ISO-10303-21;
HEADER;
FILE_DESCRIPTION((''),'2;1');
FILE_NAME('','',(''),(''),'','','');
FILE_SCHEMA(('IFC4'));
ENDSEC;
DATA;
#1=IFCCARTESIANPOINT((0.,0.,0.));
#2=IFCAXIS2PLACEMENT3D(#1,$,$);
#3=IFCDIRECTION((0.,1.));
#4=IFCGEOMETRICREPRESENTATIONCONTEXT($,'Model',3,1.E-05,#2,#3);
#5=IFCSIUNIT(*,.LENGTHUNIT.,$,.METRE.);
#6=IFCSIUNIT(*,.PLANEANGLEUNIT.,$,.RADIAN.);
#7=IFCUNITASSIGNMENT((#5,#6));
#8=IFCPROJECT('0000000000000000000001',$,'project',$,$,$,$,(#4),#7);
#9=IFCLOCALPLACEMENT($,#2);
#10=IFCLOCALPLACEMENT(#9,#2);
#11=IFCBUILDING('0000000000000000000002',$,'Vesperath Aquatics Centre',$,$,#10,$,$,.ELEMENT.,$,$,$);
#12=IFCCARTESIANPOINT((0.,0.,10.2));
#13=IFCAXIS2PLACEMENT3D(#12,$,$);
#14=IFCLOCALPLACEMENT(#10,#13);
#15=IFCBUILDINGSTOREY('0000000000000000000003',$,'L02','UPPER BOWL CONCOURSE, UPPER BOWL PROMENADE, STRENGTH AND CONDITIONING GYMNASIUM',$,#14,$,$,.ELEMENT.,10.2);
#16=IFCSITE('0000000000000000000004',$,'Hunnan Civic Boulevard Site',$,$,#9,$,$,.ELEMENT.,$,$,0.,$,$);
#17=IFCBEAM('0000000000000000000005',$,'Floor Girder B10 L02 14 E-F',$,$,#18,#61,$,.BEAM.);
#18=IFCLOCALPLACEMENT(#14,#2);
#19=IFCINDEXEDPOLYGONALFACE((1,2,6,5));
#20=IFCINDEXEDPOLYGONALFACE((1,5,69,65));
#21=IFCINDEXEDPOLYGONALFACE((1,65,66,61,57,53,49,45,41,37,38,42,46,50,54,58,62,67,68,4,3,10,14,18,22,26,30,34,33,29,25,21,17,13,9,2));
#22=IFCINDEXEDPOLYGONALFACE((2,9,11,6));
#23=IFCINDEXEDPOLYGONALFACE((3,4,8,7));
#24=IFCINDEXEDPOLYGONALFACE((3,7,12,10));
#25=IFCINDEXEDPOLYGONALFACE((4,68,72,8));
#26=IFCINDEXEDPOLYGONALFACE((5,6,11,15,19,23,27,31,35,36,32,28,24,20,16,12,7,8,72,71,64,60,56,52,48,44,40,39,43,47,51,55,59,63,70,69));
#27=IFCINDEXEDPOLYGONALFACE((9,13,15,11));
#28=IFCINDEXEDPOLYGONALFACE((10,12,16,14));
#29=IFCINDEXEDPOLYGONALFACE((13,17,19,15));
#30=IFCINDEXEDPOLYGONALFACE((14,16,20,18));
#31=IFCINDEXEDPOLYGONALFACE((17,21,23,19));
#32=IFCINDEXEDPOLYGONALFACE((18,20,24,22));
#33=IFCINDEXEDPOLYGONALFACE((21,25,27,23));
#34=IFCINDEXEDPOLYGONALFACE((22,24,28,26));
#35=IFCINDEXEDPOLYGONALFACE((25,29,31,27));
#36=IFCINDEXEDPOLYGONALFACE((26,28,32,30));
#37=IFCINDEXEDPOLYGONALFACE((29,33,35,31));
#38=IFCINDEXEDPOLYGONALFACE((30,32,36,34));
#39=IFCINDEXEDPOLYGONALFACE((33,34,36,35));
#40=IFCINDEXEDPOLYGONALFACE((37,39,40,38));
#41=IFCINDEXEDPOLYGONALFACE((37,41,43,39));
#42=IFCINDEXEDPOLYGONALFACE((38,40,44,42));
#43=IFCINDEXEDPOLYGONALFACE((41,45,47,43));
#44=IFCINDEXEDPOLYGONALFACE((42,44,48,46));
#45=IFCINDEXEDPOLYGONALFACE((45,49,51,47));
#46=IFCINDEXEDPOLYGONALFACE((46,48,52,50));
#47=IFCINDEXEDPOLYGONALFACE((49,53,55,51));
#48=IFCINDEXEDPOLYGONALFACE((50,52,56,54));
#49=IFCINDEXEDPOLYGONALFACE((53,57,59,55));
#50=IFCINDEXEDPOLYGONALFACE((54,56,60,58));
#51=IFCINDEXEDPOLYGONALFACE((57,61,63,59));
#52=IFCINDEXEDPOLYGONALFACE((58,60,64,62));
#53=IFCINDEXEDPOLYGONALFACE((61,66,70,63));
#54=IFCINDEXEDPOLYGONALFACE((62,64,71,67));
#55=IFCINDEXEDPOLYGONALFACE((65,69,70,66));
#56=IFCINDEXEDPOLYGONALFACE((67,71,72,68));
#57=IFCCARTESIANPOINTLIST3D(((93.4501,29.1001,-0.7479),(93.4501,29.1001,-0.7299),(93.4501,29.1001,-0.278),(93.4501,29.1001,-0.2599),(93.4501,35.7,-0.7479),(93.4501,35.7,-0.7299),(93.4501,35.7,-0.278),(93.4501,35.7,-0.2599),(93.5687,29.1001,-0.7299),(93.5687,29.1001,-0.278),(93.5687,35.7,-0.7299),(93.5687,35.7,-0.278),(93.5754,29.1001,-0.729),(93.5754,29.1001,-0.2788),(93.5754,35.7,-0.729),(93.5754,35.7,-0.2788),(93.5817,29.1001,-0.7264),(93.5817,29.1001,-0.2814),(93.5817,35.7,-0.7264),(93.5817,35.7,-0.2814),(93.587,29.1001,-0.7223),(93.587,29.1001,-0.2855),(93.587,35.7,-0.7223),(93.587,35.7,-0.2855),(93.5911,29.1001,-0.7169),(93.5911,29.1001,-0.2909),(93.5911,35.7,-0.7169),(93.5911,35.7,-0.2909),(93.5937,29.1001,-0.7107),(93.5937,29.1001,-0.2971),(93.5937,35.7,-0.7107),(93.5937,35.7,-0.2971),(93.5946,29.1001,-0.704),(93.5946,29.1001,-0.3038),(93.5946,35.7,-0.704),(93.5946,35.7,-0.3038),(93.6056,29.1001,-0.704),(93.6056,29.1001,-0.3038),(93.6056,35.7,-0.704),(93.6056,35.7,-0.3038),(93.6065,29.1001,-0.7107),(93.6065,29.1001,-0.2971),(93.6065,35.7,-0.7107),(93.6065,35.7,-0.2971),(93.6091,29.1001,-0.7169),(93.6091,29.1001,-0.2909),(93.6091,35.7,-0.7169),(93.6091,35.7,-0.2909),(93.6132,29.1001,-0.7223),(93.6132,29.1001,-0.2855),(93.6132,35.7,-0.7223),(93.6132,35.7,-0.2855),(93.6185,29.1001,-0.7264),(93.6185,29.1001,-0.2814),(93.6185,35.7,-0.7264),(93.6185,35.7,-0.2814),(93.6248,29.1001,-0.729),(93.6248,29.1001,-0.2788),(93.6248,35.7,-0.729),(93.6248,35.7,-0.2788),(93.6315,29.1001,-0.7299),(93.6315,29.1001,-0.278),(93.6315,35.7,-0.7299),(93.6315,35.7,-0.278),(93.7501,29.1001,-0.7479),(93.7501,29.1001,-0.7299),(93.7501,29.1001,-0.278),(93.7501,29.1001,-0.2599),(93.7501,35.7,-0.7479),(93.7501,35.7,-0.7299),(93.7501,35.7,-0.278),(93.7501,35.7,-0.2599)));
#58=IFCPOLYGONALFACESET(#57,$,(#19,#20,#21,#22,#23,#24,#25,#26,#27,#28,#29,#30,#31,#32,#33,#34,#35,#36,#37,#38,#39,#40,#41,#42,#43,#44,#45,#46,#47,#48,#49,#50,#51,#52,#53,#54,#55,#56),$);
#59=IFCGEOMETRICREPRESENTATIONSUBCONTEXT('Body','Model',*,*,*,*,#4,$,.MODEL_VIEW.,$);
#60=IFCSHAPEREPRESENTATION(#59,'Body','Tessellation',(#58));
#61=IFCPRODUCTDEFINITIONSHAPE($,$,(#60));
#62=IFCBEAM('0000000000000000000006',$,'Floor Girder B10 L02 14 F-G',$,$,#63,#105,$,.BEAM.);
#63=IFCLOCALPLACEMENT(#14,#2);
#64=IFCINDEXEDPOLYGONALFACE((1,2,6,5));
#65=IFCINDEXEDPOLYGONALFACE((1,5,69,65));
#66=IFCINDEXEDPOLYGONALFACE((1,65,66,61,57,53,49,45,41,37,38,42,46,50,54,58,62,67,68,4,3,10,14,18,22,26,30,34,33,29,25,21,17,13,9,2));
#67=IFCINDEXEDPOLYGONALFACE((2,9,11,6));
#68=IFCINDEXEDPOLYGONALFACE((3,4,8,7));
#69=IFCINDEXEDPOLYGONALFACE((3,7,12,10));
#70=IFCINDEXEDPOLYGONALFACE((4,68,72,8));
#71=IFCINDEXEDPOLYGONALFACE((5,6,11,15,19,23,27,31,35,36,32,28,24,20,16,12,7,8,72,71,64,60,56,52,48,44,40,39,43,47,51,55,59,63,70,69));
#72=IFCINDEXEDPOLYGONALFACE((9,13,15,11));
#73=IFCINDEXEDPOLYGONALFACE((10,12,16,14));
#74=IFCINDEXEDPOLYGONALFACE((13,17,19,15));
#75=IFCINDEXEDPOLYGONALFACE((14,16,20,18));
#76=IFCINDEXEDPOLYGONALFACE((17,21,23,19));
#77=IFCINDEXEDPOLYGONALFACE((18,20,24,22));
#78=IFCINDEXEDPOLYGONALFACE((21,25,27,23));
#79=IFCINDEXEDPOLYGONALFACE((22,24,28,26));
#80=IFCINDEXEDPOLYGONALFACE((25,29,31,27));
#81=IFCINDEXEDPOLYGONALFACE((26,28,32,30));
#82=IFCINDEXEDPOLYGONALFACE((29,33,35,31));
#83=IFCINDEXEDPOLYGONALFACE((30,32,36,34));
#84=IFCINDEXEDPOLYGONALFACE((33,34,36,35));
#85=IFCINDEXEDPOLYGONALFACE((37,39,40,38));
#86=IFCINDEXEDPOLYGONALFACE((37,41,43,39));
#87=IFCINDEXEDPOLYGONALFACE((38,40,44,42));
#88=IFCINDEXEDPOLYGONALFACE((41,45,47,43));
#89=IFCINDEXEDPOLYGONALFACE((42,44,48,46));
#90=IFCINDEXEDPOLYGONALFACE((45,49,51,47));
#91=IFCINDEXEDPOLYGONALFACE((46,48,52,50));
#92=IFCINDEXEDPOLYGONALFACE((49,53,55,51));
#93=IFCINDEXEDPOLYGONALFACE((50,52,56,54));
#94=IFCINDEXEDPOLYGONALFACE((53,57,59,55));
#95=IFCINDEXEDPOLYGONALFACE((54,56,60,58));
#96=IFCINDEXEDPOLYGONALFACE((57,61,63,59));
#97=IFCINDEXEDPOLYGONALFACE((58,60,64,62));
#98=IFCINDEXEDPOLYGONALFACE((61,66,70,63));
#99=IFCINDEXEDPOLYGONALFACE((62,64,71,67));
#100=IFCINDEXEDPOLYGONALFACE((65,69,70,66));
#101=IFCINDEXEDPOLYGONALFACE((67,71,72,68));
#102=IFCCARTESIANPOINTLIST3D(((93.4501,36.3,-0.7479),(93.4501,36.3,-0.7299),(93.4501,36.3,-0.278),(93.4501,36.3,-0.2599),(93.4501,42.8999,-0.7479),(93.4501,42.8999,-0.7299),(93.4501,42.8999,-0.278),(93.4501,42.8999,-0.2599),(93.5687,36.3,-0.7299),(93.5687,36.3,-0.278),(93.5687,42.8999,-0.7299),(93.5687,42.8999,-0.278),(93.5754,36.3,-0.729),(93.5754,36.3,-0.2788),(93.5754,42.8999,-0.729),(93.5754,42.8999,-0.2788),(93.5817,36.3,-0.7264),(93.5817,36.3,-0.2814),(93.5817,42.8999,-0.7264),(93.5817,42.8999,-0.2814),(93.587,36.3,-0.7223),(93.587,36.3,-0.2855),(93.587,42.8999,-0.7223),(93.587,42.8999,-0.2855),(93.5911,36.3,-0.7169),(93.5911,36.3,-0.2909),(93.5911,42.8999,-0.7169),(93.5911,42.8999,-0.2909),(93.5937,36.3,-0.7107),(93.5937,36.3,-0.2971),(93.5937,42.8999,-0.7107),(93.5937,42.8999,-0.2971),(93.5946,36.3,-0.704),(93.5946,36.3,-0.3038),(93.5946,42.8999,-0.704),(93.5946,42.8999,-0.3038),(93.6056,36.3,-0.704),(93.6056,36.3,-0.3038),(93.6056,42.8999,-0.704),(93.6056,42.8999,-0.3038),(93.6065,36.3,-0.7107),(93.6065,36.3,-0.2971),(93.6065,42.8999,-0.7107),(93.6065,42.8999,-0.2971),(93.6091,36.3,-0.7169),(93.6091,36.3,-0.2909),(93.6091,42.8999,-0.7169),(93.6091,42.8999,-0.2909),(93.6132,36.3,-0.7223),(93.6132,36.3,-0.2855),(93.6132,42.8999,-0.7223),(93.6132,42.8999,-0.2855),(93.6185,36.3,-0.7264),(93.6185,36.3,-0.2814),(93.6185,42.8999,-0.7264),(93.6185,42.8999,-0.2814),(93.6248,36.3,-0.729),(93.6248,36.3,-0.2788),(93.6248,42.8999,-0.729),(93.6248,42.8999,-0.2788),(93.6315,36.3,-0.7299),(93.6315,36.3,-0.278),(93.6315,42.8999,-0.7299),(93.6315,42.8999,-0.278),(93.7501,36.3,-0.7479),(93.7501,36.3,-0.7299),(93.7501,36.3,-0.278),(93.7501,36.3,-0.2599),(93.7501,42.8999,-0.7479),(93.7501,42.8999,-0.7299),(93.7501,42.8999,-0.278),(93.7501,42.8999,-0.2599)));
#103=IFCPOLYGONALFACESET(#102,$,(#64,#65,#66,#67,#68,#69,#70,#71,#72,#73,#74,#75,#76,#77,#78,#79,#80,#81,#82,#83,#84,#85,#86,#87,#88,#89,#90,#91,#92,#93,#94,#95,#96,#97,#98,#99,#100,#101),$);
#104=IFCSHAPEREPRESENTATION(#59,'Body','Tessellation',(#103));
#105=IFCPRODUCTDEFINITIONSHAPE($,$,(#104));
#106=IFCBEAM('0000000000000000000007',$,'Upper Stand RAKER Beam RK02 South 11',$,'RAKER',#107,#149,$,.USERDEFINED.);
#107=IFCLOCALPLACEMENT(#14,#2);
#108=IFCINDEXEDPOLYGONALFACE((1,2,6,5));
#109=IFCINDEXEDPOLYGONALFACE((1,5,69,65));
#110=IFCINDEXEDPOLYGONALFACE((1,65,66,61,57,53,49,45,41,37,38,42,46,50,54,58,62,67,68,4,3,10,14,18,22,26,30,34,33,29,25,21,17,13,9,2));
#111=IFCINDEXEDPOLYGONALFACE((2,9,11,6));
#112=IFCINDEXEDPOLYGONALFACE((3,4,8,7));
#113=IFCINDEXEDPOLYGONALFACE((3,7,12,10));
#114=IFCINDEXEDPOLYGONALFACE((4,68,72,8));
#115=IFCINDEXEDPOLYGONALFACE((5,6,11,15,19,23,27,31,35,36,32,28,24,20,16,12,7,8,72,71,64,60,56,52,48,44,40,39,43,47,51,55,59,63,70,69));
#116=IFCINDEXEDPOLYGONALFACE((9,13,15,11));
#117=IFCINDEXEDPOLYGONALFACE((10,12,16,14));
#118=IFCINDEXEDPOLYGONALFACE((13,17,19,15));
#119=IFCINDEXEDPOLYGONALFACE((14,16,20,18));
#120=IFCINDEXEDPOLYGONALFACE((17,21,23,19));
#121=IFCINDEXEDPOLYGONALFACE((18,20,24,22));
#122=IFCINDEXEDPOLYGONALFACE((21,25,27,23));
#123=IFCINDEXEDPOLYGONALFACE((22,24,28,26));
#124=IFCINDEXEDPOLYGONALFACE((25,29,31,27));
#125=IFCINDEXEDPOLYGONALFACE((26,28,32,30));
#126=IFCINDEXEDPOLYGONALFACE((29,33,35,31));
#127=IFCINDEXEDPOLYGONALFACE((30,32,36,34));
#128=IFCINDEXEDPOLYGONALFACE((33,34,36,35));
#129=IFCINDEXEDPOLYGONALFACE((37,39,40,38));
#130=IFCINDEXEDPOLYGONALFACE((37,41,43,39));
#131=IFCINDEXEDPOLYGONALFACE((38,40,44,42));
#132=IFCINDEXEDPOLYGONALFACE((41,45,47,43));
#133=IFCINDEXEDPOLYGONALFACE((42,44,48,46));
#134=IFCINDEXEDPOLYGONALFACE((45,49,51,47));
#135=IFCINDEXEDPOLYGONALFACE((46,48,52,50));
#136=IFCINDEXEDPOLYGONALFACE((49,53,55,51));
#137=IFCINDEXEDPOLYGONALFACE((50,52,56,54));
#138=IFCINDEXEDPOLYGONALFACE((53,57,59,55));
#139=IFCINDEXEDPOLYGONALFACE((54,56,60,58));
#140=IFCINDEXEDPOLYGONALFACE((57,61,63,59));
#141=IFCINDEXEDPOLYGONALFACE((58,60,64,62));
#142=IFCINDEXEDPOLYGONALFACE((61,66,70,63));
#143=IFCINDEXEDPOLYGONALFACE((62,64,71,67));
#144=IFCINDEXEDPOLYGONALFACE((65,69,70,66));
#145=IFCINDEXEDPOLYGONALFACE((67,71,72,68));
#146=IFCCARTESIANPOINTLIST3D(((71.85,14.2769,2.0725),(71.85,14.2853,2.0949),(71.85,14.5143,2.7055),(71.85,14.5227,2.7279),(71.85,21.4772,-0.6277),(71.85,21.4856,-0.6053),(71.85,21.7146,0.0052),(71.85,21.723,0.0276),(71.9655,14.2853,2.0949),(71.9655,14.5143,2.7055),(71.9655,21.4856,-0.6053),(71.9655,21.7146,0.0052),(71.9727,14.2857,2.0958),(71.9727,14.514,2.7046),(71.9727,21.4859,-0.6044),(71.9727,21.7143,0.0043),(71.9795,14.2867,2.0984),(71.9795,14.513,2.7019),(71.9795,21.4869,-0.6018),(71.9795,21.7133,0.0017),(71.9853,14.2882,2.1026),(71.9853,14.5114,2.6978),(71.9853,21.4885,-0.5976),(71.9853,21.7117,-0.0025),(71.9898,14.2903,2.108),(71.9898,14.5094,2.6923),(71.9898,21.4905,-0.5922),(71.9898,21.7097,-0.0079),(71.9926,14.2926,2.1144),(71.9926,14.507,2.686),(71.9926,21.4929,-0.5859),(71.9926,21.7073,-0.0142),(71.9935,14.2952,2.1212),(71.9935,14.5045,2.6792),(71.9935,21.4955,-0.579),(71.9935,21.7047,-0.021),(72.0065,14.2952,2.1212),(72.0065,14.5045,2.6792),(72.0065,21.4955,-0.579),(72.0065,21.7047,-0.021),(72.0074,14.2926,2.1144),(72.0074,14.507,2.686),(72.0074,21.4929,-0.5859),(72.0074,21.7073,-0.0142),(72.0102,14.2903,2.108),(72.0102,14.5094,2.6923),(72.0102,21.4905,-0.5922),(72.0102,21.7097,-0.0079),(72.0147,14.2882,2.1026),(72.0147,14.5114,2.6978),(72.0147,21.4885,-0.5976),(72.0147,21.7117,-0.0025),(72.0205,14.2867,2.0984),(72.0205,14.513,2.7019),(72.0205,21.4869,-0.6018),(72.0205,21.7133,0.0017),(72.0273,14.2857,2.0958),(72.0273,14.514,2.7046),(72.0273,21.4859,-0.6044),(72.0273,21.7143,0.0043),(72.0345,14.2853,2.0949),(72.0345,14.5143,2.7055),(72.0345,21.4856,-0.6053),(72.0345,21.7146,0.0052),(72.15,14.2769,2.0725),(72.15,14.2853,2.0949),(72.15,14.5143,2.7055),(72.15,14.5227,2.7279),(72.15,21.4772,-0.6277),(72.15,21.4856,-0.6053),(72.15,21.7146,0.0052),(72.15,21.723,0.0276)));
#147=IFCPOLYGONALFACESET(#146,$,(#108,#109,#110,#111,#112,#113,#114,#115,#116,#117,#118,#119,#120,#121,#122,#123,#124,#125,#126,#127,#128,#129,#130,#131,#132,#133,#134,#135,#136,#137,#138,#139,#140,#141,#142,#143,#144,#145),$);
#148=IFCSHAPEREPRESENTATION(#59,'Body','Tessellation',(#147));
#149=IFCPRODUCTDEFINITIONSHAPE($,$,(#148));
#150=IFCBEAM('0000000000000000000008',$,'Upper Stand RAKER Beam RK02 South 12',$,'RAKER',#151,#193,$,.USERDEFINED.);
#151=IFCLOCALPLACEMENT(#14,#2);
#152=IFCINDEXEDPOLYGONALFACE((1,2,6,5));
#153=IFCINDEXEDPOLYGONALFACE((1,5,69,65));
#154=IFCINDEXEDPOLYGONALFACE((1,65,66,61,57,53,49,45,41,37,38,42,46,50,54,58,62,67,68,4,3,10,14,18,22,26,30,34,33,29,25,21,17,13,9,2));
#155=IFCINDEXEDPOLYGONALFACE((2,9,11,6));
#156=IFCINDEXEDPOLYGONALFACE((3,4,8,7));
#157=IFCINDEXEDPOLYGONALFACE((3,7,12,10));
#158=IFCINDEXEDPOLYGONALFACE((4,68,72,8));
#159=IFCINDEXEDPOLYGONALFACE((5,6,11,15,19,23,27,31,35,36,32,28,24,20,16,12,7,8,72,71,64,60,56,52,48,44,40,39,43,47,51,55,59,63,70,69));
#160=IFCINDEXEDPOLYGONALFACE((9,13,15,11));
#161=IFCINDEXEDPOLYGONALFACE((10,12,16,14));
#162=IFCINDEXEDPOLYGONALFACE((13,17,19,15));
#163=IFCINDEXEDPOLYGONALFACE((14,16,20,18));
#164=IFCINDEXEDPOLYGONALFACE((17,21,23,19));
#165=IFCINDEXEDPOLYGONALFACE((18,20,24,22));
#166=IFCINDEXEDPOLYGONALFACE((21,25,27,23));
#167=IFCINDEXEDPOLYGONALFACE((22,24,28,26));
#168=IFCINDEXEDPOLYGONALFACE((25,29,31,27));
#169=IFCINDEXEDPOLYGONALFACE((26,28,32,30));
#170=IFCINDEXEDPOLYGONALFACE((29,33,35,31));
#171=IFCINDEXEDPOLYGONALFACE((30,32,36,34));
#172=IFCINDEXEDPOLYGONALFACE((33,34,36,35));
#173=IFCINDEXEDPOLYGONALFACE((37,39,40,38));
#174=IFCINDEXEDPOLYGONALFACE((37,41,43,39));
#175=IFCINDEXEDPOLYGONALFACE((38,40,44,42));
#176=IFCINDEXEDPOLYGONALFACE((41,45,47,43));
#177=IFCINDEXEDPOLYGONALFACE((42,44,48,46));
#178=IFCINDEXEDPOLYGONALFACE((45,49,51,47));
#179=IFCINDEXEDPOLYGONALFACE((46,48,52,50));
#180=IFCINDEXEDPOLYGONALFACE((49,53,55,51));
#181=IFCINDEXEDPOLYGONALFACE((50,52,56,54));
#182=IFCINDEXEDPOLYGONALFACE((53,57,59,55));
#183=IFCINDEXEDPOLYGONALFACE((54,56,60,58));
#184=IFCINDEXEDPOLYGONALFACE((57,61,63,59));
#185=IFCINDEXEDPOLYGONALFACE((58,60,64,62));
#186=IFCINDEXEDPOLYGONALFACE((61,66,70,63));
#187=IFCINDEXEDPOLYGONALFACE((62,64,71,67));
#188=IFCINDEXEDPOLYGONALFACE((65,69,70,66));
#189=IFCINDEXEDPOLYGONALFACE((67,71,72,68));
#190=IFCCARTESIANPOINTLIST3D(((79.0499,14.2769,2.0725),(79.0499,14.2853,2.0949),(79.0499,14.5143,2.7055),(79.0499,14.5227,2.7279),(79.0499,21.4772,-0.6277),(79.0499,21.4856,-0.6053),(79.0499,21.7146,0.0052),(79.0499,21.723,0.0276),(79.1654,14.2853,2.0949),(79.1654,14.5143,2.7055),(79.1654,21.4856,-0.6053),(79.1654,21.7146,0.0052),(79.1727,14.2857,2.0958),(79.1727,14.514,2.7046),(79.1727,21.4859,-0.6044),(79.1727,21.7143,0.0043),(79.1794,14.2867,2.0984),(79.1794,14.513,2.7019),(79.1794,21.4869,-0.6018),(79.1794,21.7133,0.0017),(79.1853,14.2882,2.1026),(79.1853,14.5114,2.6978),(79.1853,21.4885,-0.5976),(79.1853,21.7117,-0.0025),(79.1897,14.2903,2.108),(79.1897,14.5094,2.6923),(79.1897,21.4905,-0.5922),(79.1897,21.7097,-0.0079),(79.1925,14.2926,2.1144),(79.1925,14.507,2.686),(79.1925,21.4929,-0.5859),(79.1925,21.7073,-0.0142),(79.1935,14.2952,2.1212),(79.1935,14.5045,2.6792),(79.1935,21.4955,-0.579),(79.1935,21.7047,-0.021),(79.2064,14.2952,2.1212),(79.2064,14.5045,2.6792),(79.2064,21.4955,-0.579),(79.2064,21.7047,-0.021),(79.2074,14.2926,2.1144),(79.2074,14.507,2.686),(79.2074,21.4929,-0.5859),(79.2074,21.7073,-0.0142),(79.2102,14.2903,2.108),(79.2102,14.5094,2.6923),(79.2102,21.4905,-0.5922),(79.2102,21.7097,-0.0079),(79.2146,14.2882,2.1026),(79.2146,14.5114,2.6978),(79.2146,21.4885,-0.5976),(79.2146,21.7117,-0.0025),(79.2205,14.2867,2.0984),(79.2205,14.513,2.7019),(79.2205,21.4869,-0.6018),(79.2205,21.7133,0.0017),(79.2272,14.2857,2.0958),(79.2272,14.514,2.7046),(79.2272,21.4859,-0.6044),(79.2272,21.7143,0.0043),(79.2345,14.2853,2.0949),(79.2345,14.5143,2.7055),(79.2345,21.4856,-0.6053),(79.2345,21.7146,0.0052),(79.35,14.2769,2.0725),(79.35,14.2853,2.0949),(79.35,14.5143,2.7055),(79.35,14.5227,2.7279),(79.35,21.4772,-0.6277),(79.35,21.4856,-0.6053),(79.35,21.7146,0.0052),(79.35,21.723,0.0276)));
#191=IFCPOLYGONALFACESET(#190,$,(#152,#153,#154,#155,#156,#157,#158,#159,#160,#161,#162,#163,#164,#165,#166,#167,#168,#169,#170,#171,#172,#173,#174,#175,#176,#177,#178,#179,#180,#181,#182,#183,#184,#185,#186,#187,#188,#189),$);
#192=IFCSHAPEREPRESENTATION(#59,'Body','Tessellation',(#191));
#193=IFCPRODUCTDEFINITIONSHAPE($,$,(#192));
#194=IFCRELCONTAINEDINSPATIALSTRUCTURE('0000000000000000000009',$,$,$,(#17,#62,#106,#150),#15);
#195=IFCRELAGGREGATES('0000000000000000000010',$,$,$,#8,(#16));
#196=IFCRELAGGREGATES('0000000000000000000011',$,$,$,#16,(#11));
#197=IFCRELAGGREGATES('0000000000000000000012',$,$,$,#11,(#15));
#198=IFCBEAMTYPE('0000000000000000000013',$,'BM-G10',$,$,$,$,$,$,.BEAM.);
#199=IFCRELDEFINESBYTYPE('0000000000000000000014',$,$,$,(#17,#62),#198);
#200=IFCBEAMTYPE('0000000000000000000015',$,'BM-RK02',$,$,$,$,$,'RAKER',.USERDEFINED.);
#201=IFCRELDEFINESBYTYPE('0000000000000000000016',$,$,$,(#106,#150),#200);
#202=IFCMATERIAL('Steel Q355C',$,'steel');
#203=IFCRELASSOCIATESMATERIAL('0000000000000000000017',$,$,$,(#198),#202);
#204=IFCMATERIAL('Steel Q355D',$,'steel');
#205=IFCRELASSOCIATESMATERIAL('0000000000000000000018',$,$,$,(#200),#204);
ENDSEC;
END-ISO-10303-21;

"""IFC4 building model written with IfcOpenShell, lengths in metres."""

from ifc_helpers import new_model, si_unit, direction, frame, origin, origin_2d, place, context, subcontext, project, spatial, i_section, extrude, material, material_profile, profile_set, type_object, element, save


model = new_model("IFC4")

# Units and contexts
model_context = context("Model", 3, precision=1e-05, world=origin(), true_north=direction((0.0, 1.0)))
body_context = subcontext(model_context, "Body", "Model", "MODEL_VIEW")
ifc_project = project(units=[si_unit("LENGTHUNIT", "METRE"), si_unit("PLANEANGLEUNIT", "RADIAN")], contexts=[model_context])

# Site, building, storey
site_placement = place(None, origin())
site = spatial("IfcSite", under=ifc_project, at=site_placement, Name="Hunnan Civic Boulevard Site", CompositionType="ELEMENT", RefElevation=0.0)
building_placement = place(site_placement, origin())
building = spatial("IfcBuilding", under=site, at=building_placement, Name="Vesperath Aquatics Centre", CompositionType="ELEMENT")
storey_placement = place(building_placement, frame((0.0, 0.0, 10.2)))
storey = spatial("IfcBuildingStorey", under=building, at=storey_placement, Name="L02", Description="UPPER BOWL CONCOURSE, UPPER BOWL PROMENADE, STRENGTH AND CONDITIONING GYMNASIUM", CompositionType="ELEMENT", Elevation=10.2)

# Shared definitions
ifc_material_1 = material(Name="Steel Q355D", Category="steel")

# Beams
ifc_material_2 = material(Name="Steel Q355C", Category="steel")
ifc_material_profile_1 = material_profile(ifc_material_2, i_section(OverallWidth=0.3, OverallDepth=0.488, WebThickness=0.011, FlangeThickness=0.0181, FilletRadius=0.0259, at=origin_2d()), Name="HM 488x300x11x18")
ifc_profile_set_1 = profile_set([ifc_material_profile_1], Name="Steel Q355C")
beam_type_1 = type_object("IfcBeamType", Name="BM-G10", PredefinedType="BEAM", material=ifc_profile_set_1)
for number, where, z_axis, x_axis, name in (
    (1, (93.6001, 29.1001, -0.5039), (0.0, 1.0, 0.0), (-1.0, 0.0, 0.0), "Floor Girder B10 L02 14 E-F"),
    (2, (93.6001, 36.3, -0.5039), (0.0, 1.0, 0.0), (-1.0, 0.0, 0.0), "Floor Girder B10 L02 14 F-G"),
):
    element("IfcBeam", number, at=place(storey_placement, frame(where, z_axis=z_axis, x_axis=x_axis)), inside=storey, type_object=beam_type_1, Name=name, PredefinedType="BEAM", context=body_context, shape_type="SweptSolid", body=[
        extrude(i_section(OverallWidth=0.3, OverallDepth=0.488, WebThickness=0.011, FlangeThickness=0.0181, FilletRadius=0.0259, at=origin_2d()), origin(), (0.0, 0.0, 1.0), 6.5999),
    ])
ifc_material_profile_2 = material_profile(ifc_material_1, i_section(OverallWidth=0.3, OverallDepth=0.7, WebThickness=0.0129, FlangeThickness=0.0239, FilletRadius=0.0281, at=origin_2d()), Name="HN 700x300x13x24")
ifc_profile_set_2 = profile_set([ifc_material_profile_2], Name="Steel Q355D")
beam_type_2 = type_object("IfcBeamType", Name="BM-RK02", ElementType="RAKER", PredefinedType="USERDEFINED", material=ifc_profile_set_2)
for number, where, z_axis, x_axis, name in (
    (3, (72.0, 21.6001, -0.3), (0.0, -0.936324, 0.351137), (1.0, 0.0, 0.0), "Upper Stand RAKER Beam RK02 South 11"),
    (4, (79.2, 21.6001, -0.3), (0.0, -0.936324, 0.351137), (1.0, 0.0, 0.0), "Upper Stand RAKER Beam RK02 South 12"),
):
    element("IfcBeam", number, at=place(storey_placement, frame(where, z_axis=z_axis, x_axis=x_axis)), inside=storey, type_object=beam_type_2, Name=name, ObjectType="RAKER", PredefinedType="USERDEFINED", context=body_context, shape_type="SweptSolid", body=[
        extrude(i_section(OverallWidth=0.3, OverallDepth=0.7, WebThickness=0.0129, FlangeThickness=0.0239, FilletRadius=0.0281, at=origin_2d()), origin(), (0.0, 0.0, 1.0), 7.6899),
    ])

save(model, "model.ifc")
